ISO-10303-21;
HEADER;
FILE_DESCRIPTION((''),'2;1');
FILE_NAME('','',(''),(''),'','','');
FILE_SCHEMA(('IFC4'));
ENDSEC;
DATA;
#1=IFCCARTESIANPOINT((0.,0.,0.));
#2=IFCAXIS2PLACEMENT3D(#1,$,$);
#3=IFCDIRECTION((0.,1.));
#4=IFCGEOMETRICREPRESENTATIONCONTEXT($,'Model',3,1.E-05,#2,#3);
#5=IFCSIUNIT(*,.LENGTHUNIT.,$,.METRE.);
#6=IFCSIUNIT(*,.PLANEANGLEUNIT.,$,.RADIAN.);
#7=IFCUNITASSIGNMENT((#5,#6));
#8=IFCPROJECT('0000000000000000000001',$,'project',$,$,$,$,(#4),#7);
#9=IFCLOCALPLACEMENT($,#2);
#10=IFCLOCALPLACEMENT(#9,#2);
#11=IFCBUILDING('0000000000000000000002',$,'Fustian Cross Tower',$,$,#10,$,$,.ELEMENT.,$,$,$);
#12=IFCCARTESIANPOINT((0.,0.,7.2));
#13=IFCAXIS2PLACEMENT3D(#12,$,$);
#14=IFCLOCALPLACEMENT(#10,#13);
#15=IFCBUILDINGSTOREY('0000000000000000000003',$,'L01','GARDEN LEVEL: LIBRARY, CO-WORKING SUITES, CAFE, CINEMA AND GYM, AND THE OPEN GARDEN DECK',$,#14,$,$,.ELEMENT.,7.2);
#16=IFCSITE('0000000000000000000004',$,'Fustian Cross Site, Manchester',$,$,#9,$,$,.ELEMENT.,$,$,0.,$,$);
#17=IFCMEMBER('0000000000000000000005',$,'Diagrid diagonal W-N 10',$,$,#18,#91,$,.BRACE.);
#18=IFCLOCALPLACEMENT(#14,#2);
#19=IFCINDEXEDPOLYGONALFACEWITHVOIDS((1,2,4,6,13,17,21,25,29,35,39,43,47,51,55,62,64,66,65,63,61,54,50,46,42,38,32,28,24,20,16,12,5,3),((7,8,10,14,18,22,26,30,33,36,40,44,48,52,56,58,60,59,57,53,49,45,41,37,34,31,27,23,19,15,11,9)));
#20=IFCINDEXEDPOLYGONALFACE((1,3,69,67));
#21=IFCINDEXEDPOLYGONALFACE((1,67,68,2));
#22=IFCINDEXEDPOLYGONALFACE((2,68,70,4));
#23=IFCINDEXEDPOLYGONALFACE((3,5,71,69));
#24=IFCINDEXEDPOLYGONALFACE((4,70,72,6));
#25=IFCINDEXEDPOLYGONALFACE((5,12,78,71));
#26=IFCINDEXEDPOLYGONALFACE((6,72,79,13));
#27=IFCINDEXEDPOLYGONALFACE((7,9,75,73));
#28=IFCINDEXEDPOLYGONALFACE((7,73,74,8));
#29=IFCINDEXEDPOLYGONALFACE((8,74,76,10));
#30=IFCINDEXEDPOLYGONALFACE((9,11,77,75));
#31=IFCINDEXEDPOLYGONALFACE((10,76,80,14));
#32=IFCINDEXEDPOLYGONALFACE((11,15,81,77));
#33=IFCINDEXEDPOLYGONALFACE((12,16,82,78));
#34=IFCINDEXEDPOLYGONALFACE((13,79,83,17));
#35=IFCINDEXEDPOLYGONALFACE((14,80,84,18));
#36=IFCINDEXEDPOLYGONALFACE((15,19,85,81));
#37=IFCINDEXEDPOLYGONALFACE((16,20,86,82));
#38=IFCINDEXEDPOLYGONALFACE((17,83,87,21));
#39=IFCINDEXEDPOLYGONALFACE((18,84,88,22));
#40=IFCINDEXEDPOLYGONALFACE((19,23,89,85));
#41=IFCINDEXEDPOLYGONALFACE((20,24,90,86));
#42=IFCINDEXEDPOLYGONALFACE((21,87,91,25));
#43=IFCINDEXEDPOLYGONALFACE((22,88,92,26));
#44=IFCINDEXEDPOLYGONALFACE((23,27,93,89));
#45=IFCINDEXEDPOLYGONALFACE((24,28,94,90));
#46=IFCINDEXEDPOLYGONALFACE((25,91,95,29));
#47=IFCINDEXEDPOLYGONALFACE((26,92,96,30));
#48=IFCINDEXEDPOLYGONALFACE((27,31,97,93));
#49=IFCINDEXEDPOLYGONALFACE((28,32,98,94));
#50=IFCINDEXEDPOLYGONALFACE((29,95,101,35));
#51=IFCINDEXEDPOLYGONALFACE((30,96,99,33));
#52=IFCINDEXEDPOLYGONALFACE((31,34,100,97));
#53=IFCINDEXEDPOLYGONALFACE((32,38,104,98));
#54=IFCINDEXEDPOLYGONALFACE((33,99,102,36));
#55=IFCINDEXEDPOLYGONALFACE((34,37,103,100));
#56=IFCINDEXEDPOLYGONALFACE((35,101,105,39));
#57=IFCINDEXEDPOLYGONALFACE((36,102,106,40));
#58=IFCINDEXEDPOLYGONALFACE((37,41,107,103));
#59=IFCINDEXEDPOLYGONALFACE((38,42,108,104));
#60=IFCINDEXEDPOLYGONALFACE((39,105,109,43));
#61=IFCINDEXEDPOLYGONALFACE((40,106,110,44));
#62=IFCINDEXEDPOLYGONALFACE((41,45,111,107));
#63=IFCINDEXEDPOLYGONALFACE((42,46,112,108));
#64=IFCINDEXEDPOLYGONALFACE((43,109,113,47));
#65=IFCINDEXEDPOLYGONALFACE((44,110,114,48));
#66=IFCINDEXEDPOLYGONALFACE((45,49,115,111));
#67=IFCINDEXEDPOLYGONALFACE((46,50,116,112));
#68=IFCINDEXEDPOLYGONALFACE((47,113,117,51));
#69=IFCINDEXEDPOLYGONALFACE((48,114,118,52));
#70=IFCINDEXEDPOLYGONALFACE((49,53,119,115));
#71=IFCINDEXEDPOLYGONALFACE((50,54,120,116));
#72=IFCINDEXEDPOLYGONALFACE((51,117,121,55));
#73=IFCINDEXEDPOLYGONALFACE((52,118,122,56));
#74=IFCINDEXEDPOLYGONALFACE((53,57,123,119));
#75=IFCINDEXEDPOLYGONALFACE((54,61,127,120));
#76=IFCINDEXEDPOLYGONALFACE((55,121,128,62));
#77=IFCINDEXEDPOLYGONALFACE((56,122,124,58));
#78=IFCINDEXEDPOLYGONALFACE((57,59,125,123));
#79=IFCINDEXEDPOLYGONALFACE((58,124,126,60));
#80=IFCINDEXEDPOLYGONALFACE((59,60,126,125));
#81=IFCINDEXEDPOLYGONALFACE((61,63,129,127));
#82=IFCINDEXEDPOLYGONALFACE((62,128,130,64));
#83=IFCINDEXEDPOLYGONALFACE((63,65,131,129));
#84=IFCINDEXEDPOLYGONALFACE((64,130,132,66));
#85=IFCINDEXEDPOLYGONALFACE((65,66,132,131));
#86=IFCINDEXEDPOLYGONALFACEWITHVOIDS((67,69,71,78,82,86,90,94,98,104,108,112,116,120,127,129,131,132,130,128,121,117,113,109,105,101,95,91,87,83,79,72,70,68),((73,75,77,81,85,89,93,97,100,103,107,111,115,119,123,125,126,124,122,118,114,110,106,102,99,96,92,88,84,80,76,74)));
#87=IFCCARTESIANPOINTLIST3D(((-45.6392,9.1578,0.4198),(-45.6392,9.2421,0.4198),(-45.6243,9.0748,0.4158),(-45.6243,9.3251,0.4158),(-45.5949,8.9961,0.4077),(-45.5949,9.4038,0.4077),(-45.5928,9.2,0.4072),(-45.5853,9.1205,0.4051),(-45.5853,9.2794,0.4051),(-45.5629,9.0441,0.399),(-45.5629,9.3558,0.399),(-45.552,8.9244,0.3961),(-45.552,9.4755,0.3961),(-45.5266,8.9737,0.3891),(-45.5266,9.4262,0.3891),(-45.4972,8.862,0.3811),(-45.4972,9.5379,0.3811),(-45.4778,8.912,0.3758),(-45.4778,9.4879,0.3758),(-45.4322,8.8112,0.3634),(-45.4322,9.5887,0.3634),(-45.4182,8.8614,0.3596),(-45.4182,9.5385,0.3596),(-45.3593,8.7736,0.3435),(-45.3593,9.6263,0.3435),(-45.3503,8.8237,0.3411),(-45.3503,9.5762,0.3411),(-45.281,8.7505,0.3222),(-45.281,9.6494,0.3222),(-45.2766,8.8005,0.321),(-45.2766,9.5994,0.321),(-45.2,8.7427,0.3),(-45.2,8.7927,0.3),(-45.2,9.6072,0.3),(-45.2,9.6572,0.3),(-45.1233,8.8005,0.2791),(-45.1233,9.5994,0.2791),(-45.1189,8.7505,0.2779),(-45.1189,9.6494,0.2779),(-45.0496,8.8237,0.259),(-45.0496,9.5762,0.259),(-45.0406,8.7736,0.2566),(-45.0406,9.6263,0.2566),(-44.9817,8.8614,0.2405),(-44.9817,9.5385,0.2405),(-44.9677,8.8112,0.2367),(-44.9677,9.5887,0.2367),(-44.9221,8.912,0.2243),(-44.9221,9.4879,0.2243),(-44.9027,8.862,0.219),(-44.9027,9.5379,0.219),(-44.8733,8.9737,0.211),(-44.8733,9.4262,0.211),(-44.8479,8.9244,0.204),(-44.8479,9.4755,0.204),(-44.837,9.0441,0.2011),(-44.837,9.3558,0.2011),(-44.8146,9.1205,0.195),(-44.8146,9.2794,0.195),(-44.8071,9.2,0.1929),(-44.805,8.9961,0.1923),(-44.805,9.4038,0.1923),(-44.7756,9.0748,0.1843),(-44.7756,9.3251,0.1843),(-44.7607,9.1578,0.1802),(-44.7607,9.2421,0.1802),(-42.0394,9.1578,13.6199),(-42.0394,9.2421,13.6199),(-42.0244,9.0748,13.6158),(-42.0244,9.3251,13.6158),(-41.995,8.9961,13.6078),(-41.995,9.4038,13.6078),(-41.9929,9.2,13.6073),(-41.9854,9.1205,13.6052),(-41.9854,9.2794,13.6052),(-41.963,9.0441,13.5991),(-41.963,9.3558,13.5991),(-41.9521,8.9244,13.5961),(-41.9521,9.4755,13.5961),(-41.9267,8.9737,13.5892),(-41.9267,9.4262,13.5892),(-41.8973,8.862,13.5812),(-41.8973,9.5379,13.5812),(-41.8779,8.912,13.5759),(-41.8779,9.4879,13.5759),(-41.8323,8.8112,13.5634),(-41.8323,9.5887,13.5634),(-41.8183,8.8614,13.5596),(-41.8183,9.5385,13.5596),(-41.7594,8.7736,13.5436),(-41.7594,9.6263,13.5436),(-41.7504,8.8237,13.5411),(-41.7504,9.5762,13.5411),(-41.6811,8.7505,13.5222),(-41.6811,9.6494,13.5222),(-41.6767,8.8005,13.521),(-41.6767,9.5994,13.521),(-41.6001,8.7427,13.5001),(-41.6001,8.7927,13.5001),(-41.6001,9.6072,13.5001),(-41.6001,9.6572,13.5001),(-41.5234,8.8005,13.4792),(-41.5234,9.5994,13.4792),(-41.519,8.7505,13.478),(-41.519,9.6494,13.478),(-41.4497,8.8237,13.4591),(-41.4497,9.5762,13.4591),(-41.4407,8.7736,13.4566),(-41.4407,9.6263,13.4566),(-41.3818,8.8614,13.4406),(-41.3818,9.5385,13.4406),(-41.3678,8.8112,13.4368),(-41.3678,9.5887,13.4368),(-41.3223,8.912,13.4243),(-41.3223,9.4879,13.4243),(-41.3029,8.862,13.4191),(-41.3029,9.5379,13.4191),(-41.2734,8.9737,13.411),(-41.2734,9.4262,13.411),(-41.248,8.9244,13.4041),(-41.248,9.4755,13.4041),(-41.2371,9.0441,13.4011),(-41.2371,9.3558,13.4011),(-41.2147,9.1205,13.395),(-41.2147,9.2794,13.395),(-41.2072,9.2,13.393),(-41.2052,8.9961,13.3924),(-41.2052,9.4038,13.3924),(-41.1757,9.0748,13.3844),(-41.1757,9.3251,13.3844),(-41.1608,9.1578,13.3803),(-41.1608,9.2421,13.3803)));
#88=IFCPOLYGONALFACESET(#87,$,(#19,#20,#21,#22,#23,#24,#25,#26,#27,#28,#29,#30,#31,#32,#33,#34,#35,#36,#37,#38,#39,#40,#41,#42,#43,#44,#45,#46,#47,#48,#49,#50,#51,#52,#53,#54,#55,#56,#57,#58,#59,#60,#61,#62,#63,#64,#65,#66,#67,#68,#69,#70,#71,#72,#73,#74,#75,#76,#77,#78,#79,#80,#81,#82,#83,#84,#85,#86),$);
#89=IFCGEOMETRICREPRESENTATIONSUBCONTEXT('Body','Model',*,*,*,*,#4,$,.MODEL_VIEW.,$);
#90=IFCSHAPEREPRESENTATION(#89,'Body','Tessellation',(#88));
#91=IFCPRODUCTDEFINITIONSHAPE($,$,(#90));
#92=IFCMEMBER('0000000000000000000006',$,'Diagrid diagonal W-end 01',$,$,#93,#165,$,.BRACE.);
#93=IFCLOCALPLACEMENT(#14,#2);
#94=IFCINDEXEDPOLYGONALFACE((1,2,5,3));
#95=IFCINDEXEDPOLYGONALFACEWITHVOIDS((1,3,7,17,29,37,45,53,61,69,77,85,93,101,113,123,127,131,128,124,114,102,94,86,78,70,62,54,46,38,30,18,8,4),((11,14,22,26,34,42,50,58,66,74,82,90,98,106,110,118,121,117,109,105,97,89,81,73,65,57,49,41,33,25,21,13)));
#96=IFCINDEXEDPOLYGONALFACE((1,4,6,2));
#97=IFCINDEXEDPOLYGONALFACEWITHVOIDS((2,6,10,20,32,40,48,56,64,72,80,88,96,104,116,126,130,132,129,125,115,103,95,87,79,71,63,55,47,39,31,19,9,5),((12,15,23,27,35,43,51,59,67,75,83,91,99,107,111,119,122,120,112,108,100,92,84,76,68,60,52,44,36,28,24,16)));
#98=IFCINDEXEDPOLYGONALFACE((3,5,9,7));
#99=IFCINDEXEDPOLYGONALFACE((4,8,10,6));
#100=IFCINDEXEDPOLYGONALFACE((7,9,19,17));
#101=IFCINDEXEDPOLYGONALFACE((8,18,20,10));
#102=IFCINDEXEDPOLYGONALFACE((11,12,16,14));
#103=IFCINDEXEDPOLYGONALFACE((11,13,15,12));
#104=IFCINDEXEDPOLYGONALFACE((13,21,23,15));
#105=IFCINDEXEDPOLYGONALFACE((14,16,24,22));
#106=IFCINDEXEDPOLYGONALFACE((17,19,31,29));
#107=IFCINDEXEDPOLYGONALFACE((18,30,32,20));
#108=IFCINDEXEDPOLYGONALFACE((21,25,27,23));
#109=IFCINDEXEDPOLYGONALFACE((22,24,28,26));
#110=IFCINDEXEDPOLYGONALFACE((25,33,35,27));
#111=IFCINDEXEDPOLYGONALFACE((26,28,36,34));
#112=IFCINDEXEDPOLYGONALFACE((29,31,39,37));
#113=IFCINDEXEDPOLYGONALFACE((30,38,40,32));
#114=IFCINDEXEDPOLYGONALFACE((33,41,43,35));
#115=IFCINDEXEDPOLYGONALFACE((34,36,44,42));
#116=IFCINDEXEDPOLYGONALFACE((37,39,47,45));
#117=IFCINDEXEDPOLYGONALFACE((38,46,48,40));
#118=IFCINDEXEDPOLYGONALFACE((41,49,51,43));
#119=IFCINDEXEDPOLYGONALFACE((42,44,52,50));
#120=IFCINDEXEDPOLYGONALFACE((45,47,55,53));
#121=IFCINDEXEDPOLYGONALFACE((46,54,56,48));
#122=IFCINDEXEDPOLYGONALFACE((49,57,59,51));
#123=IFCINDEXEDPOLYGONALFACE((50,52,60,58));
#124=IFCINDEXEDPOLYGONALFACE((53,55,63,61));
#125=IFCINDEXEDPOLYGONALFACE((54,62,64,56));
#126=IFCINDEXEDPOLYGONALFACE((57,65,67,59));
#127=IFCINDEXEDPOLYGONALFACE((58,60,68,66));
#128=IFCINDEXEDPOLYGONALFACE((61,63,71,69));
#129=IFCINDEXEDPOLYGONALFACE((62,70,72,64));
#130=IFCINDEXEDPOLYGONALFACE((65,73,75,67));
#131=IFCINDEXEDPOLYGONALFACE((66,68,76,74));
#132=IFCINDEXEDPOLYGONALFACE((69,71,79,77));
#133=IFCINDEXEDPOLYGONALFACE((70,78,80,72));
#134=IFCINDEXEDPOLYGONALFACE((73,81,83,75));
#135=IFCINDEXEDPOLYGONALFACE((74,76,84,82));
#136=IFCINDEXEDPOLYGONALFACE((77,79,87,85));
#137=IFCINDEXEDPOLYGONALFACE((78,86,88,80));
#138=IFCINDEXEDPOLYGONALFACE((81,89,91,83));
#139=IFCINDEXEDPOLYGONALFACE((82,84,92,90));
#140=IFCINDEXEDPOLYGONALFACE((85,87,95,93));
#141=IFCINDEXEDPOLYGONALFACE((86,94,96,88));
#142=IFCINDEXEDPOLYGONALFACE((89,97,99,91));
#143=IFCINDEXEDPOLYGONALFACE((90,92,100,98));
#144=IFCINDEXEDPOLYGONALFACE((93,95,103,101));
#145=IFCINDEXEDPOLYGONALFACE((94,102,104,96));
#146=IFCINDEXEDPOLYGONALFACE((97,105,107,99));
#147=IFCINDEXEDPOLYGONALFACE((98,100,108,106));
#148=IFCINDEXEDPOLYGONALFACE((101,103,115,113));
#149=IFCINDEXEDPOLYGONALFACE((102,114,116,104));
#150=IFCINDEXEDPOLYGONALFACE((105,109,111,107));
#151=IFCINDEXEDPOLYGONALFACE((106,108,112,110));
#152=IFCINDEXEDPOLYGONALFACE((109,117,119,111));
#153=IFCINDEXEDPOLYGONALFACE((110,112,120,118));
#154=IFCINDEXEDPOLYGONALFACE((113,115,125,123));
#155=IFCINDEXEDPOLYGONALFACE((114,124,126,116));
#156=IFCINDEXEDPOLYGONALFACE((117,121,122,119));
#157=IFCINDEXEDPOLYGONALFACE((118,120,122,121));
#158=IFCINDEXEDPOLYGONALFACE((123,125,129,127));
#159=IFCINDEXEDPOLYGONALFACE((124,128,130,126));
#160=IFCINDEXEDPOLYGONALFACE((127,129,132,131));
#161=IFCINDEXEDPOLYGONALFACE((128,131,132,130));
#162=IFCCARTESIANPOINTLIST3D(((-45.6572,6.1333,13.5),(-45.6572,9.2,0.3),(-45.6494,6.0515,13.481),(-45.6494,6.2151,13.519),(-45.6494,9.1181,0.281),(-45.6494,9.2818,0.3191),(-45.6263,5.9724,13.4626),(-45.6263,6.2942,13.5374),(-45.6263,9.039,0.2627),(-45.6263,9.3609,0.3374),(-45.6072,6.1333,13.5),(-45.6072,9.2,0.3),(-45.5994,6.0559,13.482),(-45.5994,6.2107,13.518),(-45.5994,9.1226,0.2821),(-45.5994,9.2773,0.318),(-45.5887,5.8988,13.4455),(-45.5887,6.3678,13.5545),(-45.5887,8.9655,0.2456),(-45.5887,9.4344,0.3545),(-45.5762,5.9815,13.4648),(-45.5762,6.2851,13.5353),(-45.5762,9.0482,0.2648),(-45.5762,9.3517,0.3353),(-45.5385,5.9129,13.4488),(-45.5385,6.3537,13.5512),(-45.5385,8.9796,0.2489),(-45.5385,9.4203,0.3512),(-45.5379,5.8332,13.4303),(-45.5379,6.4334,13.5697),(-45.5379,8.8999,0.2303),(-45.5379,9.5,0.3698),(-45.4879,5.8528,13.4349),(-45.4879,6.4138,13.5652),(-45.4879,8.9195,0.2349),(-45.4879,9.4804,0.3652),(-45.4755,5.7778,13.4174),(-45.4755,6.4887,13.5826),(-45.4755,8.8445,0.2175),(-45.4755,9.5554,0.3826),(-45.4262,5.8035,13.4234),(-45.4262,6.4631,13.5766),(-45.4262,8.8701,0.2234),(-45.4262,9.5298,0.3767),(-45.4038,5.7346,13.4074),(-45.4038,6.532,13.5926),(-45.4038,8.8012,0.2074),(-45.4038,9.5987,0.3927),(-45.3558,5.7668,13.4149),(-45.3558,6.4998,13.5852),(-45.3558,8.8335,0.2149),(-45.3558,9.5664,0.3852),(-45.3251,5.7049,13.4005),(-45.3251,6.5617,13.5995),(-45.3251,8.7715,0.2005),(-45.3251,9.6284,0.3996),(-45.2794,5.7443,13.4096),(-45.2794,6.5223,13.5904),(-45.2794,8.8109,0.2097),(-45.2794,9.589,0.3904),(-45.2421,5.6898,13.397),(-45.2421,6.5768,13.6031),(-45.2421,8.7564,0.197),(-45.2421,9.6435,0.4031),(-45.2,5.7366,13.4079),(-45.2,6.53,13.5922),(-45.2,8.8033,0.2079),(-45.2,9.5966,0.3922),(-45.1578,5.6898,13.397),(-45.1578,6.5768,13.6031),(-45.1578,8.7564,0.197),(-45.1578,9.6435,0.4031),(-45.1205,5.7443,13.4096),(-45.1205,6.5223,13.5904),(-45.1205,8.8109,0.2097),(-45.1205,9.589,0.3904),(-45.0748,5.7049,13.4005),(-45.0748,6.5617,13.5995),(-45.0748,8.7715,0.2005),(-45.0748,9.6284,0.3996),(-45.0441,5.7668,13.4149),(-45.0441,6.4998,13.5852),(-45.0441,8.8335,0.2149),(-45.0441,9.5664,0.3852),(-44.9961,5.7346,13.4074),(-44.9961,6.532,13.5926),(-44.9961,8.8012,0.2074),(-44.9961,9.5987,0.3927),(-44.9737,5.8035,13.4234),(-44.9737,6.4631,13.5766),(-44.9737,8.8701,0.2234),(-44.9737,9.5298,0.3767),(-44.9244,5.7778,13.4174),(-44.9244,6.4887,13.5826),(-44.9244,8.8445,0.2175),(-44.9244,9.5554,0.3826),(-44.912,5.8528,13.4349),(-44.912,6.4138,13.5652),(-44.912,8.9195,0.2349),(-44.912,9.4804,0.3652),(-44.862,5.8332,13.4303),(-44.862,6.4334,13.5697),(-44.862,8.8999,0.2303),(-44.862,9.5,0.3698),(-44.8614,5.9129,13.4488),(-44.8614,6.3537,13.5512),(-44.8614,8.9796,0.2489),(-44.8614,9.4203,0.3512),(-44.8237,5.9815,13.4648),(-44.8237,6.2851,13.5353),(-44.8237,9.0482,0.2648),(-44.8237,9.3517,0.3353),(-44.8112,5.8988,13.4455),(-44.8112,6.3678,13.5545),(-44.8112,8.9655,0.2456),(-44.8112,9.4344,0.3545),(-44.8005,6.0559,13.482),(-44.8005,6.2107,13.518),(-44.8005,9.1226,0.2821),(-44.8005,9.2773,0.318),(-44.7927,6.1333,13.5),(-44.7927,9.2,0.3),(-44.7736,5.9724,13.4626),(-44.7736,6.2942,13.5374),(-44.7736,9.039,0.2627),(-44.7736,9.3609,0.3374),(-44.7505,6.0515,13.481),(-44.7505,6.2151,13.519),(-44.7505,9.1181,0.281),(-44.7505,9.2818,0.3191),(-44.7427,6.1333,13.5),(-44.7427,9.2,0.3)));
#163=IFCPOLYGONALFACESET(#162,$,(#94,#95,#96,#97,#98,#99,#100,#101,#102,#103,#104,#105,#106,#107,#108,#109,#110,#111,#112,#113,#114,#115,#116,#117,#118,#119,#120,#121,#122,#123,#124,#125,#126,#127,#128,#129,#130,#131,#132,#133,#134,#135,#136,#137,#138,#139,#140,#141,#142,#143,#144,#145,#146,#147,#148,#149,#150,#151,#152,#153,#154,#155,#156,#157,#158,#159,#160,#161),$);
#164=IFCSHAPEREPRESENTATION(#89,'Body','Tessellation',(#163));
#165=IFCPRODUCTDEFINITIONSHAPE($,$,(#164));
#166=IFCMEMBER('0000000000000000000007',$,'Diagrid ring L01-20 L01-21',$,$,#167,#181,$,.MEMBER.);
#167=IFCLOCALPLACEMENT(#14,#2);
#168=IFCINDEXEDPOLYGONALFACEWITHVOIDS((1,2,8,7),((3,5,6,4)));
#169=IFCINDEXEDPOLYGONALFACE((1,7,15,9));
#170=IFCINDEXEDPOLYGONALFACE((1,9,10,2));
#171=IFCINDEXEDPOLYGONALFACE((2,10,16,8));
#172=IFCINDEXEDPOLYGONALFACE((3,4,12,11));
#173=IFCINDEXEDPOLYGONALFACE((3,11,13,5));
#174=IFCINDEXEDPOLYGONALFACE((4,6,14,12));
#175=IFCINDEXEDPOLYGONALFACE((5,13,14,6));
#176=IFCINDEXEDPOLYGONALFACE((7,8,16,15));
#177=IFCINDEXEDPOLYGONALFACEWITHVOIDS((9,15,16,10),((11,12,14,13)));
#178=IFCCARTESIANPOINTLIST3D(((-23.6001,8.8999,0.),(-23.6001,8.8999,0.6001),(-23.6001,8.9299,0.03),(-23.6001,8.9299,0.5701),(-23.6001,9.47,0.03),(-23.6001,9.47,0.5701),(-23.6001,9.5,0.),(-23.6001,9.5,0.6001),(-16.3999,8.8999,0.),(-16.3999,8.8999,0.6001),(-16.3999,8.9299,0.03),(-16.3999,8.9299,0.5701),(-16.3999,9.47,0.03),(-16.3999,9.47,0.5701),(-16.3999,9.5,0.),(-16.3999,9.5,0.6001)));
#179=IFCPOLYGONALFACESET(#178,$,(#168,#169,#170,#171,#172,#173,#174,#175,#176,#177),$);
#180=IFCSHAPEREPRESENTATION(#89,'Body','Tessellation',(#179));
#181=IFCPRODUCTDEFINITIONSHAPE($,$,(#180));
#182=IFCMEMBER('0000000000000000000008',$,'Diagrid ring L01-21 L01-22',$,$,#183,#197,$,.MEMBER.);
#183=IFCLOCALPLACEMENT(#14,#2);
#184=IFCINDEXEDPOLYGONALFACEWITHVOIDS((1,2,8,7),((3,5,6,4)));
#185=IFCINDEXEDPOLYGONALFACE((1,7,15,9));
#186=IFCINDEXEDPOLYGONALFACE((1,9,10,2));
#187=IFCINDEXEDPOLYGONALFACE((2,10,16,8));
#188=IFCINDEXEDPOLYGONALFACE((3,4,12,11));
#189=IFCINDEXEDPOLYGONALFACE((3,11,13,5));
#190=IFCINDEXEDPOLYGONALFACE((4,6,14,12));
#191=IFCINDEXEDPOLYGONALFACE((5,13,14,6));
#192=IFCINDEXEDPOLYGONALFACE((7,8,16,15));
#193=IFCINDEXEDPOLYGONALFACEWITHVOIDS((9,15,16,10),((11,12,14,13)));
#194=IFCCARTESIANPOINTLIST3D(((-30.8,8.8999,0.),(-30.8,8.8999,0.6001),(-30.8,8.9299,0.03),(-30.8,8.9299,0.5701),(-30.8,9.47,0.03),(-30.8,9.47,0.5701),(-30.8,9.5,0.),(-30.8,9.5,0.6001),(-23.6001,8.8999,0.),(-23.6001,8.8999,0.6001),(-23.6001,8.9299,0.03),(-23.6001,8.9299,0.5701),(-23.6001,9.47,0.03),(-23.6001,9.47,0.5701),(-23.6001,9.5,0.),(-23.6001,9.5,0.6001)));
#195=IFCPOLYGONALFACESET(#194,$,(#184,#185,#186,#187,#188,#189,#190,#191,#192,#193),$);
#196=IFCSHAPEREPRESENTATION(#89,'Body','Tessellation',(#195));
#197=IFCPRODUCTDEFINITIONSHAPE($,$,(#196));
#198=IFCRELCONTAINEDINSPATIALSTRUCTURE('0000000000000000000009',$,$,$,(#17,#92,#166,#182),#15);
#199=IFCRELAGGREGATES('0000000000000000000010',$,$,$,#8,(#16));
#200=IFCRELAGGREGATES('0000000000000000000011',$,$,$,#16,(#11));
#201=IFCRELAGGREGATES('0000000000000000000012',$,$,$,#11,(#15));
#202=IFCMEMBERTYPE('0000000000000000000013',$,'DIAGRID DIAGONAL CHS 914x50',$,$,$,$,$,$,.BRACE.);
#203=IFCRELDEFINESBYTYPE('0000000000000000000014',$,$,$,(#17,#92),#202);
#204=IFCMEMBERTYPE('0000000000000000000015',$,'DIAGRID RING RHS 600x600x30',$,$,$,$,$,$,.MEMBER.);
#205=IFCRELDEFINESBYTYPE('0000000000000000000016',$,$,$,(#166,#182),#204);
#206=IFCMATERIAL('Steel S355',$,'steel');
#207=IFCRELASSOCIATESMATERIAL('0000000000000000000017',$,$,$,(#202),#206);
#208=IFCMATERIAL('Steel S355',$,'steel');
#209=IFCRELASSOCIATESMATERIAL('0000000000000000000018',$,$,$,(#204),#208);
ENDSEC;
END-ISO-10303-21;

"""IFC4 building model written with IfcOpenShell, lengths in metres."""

from ifc_helpers import new_model, si_unit, direction, frame, origin, origin_2d, place, context, subcontext, project, spatial, hollow_rectangle, hollow_circle, extrude, material, material_profile, profile_set, type_object, element, save


model = new_model("IFC4")

# Units and contexts
model_context = context("Model", 3, precision=1e-05, world=origin(), true_north=direction((0.0, 1.0)))
body_context = subcontext(model_context, "Body", "Model", "MODEL_VIEW")
ifc_project = project(units=[si_unit("LENGTHUNIT", "METRE"), si_unit("PLANEANGLEUNIT", "RADIAN")], contexts=[model_context])

# Site, building, storey
site_placement = place(None, origin())
site = spatial("IfcSite", under=ifc_project, at=site_placement, Name="Fustian Cross Site, Manchester", CompositionType="ELEMENT", RefElevation=0.0)
building_placement = place(site_placement, origin())
building = spatial("IfcBuilding", under=site, at=building_placement, Name="Fustian Cross Tower", CompositionType="ELEMENT")
storey_placement = place(building_placement, frame((0.0, 0.0, 7.2)))
storey = spatial("IfcBuildingStorey", under=building, at=storey_placement, Name="L01", Description="GARDEN LEVEL: LIBRARY, CO-WORKING SUITES, CAFE, CINEMA AND GYM, AND THE OPEN GARDEN DECK", CompositionType="ELEMENT", Elevation=7.2)

# Members
ifc_material_1 = material(Name="Steel S355", Category="steel")
ifc_material_profile_1 = material_profile(ifc_material_1, hollow_circle(Radius=0.4573, WallThickness=0.05, at=origin_2d()), Name="CHS 914x50")
ifc_profile_set_1 = profile_set([ifc_material_profile_1], Name="Steel S355")
member_type_1 = type_object("IfcMemberType", Name="DIAGRID DIAGONAL CHS 914x50", PredefinedType="BRACE", material=ifc_profile_set_1)
member_1_placement = place(storey_placement, frame((-45.2, 9.2, 0.3), z_axis=(0.263108, 0.0, 0.964766), x_axis=(0.0, 1.0, 0.0)))
element("IfcMember", 1, at=member_1_placement, inside=storey, type_object=member_type_1, Name="Diagrid diagonal W-N 10", PredefinedType="BRACE", context=body_context, shape_type="SweptSolid", body=[
    extrude(hollow_circle(Radius=0.4573, WallThickness=0.05, at=origin_2d()), origin(), (0.0, 0.0, 1.0), 13.6821),
])
member_2_placement = place(storey_placement, frame((-45.2, 9.2, 0.3), z_axis=(0.0, -0.226296, 0.974059), x_axis=(1.0, 0.0, 0.0)))
element("IfcMember", 2, at=member_2_placement, inside=storey, type_object=member_type_1, Name="Diagrid diagonal W-end 01", PredefinedType="BRACE", context=body_context, shape_type="SweptSolid", body=[
    extrude(hollow_circle(Radius=0.4573, WallThickness=0.05, at=origin_2d()), origin(), (0.0, 0.0, 1.0), 13.5515),
])
ifc_material_2 = material(Name="Steel S355", Category="steel")
ifc_material_profile_2 = material_profile(ifc_material_2, hollow_rectangle(XDim=0.6001, YDim=0.6001, WallThickness=0.03, at=origin_2d()), Name="RHS 600x600x30")
ifc_profile_set_2 = profile_set([ifc_material_profile_2], Name="Steel S355")
member_type_2 = type_object("IfcMemberType", Name="DIAGRID RING RHS 600x600x30", PredefinedType="MEMBER", material=ifc_profile_set_2)
member_3_placement = place(storey_placement, frame((-16.3999, 9.2, 0.3), z_axis=(-1.0, 0.0, 0.0), x_axis=(0.0, -1.0, 0.0)))
element("IfcMember", 3, at=member_3_placement, inside=storey, type_object=member_type_2, Name="Diagrid ring L01-20 L01-21", PredefinedType="MEMBER", context=body_context, shape_type="SweptSolid", body=[
    extrude(hollow_rectangle(XDim=0.6001, YDim=0.6001, WallThickness=0.03, at=origin_2d()), origin(), (0.0, 0.0, 1.0), 7.2002),
])
for number, where, z_axis, x_axis, name in (
    (4, (-23.6001, 9.2, 0.3), (-1.0, 0.0, 0.0), (0.0, -1.0, 0.0), "Diagrid ring L01-21 L01-22"),
):
    element("IfcMember", number, at=place(storey_placement, frame(where, z_axis=z_axis, x_axis=x_axis)), inside=storey, type_object=member_type_2, Name=name, PredefinedType="MEMBER", context=body_context, shape_type="SweptSolid", body=[
        extrude(hollow_rectangle(XDim=0.6001, YDim=0.6001, WallThickness=0.03, at=origin_2d()), origin(), (0.0, 0.0, 1.0), 7.2),
    ])

save(model, "model.ifc")
